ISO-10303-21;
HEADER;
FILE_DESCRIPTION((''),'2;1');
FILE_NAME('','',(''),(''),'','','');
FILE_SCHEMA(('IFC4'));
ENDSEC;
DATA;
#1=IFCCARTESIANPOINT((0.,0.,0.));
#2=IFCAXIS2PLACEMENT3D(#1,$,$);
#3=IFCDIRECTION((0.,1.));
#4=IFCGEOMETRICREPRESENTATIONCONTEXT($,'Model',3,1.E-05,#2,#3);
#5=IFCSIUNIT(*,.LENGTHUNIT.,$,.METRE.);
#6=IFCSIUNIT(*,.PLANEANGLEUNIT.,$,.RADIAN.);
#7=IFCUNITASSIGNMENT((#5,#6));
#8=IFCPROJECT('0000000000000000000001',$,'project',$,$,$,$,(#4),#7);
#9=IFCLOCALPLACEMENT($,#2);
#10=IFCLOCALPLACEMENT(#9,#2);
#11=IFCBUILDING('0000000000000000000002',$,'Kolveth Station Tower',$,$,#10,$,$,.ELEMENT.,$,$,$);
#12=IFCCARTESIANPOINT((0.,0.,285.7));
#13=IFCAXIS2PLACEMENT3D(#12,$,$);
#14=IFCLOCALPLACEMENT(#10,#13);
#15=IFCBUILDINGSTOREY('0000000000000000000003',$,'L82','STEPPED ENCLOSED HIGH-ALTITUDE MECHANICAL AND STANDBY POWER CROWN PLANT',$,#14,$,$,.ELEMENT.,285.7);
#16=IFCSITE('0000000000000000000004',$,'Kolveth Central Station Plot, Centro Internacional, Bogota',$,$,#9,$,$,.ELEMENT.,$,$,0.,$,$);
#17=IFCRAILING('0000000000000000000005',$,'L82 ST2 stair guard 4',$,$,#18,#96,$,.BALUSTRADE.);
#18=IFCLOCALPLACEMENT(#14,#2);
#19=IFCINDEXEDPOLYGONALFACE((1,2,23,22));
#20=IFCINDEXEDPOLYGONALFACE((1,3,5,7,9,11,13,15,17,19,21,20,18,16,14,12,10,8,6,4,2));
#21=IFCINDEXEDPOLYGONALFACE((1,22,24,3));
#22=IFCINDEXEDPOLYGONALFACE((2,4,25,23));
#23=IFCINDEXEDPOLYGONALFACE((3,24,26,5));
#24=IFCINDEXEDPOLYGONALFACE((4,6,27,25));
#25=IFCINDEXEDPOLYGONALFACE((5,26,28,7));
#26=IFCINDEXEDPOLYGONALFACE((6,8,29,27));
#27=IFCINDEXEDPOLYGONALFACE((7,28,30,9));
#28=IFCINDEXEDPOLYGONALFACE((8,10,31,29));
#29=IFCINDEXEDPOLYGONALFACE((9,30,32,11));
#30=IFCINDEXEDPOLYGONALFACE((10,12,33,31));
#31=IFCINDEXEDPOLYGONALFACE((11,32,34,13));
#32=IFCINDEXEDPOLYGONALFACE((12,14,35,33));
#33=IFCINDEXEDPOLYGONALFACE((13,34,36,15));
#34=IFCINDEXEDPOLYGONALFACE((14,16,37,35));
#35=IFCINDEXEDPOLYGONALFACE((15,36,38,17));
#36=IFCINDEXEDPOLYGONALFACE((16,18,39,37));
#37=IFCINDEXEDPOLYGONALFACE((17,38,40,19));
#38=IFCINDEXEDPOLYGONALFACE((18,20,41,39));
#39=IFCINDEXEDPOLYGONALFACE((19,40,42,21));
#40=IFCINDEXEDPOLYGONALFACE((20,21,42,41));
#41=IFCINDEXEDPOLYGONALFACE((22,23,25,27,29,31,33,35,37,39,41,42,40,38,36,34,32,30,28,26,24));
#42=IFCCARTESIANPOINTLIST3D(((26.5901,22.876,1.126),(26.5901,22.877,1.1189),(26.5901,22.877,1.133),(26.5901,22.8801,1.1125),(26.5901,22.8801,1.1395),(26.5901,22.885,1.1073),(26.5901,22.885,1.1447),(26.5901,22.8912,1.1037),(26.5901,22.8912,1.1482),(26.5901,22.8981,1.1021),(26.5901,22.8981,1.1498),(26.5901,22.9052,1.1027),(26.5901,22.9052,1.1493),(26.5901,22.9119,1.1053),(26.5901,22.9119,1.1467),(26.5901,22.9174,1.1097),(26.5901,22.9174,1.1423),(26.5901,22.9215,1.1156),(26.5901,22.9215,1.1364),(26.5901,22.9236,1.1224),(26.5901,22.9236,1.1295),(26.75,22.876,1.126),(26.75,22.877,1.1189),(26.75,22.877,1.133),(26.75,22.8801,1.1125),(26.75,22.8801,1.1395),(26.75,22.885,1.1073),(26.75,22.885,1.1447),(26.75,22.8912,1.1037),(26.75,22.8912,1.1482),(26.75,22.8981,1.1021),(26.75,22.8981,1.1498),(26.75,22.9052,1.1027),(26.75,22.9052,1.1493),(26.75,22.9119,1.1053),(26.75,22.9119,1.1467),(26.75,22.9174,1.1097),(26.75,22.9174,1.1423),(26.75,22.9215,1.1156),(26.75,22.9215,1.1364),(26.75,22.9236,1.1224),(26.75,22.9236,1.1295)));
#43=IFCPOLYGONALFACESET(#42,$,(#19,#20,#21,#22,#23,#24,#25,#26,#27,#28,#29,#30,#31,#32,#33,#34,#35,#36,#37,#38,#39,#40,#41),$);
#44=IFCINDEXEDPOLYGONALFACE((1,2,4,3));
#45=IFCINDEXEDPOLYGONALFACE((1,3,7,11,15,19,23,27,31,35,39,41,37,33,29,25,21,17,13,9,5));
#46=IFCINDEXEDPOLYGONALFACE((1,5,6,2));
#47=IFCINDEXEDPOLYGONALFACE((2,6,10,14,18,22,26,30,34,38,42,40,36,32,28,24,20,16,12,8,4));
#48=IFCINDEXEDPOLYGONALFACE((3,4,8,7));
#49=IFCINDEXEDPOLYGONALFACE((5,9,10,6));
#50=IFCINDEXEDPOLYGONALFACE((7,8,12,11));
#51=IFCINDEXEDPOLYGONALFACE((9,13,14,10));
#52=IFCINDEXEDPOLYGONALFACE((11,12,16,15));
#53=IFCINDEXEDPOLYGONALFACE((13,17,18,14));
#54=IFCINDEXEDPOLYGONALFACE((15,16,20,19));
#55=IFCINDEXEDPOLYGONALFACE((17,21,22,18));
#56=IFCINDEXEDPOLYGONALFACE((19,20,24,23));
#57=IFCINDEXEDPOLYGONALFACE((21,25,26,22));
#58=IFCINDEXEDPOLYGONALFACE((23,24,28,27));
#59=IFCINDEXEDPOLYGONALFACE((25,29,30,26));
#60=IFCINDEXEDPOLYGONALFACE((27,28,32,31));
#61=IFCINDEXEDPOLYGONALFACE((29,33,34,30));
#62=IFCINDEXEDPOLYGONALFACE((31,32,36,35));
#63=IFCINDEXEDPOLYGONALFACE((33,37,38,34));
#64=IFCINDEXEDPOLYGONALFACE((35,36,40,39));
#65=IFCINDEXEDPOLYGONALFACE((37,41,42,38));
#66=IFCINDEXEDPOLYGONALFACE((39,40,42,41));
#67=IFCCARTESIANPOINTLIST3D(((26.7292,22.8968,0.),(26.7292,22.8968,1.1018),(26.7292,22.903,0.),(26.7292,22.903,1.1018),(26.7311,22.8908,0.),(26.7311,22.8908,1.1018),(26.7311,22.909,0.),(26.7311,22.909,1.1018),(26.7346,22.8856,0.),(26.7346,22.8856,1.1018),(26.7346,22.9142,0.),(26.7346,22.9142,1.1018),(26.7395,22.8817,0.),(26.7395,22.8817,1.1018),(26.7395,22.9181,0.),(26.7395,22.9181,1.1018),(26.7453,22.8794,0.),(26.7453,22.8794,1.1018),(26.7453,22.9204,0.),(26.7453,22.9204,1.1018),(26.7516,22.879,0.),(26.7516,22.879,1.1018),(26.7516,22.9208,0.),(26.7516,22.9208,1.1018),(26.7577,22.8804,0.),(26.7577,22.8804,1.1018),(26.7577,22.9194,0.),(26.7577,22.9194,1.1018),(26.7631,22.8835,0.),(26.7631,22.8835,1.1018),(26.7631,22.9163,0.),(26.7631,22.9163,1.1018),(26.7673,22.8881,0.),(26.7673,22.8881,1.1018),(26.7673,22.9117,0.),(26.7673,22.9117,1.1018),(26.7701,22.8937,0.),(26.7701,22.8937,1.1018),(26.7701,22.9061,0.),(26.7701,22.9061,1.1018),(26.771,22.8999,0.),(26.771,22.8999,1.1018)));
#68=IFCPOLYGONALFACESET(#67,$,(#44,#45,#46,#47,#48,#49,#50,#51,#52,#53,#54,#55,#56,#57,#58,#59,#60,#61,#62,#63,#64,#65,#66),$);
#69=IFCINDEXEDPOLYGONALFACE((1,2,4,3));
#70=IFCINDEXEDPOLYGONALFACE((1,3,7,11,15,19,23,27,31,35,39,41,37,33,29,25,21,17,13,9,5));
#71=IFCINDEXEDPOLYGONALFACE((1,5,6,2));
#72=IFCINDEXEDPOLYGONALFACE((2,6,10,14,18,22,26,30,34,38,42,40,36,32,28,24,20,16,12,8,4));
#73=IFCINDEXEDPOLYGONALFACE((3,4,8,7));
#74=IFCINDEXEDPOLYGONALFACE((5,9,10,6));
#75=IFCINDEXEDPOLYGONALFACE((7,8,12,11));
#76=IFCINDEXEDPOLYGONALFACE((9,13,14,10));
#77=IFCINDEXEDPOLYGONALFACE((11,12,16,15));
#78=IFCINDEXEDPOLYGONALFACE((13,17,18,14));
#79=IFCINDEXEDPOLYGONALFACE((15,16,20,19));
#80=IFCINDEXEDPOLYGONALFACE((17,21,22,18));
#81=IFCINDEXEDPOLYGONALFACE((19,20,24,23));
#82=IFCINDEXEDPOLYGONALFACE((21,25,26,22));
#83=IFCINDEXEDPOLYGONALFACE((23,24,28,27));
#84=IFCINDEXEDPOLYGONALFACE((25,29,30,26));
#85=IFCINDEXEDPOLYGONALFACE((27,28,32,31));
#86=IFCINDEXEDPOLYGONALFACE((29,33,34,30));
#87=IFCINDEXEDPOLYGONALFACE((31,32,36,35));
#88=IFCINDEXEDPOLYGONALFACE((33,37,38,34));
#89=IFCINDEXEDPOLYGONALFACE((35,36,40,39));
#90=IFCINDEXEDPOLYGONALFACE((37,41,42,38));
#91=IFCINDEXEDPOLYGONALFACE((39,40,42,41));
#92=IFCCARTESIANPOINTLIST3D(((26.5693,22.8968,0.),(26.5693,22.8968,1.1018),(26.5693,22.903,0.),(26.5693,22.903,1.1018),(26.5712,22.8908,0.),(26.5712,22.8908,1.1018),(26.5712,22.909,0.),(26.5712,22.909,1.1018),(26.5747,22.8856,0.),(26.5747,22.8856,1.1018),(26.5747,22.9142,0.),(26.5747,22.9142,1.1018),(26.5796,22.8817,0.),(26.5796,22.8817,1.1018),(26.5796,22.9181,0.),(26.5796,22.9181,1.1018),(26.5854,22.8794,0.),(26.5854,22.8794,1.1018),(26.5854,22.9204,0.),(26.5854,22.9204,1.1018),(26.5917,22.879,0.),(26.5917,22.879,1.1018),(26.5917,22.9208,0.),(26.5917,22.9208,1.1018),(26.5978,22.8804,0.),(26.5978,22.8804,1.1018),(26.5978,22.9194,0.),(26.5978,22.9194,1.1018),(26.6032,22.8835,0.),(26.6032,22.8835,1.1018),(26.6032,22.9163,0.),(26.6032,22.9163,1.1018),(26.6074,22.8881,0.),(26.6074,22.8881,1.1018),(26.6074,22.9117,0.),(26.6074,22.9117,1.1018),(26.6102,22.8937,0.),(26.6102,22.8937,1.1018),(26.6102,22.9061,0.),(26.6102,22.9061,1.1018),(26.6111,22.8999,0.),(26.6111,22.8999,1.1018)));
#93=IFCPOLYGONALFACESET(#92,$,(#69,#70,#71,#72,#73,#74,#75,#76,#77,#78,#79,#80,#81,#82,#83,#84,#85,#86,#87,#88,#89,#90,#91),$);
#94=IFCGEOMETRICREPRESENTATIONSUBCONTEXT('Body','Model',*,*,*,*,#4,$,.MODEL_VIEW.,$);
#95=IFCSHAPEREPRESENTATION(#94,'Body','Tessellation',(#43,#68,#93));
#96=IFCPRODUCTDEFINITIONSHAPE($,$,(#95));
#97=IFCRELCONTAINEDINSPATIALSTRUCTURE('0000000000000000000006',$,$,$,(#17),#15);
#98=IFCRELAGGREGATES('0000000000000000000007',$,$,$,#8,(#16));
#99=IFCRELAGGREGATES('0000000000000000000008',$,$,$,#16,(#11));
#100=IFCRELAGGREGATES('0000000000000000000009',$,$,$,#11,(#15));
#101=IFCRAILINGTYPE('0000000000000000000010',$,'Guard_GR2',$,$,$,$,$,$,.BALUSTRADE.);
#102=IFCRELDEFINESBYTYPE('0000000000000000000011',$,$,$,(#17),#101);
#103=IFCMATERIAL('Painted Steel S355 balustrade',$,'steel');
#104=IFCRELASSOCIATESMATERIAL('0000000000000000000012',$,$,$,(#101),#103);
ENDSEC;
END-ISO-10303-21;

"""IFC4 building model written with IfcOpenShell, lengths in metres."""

from ifc_helpers import new_model, si_unit, direction, frame, origin, origin_2d, place, context, subcontext, project, spatial, circle, extrude, material, type_object, element, save


model = new_model("IFC4")

# Units and contexts
model_context = context("Model", 3, precision=1e-05, world=origin(), true_north=direction((0.0, 1.0)))
body_context = subcontext(model_context, "Body", "Model", "MODEL_VIEW")
ifc_project = project(units=[si_unit("LENGTHUNIT", "METRE"), si_unit("PLANEANGLEUNIT", "RADIAN")], contexts=[model_context])

# Site, building, storey
site_placement = place(None, origin())
site = spatial("IfcSite", under=ifc_project, at=site_placement, Name="Kolveth Central Station Plot, Centro Internacional, Bogota", CompositionType="ELEMENT", RefElevation=0.0)
building_placement = place(site_placement, origin())
building = spatial("IfcBuilding", under=site, at=building_placement, Name="Kolveth Station Tower", CompositionType="ELEMENT")
storey_placement = place(building_placement, frame((0.0, 0.0, 285.7)))
storey = spatial("IfcBuildingStorey", under=building, at=storey_placement, Name="L82", Description="STEPPED ENCLOSED HIGH-ALTITUDE MECHANICAL AND STANDBY POWER CROWN PLANT", CompositionType="ELEMENT", Elevation=285.7)

# Railing
ifc_material_1 = material(Name="Painted Steel S355 balustrade", Category="steel")
railing_type_1 = type_object("IfcRailingType", Name="Guard_GR2", PredefinedType="BALUSTRADE", material=ifc_material_1)
railing_1_placement = place(storey_placement, frame((26.75, 22.8999, 0.0)))
element("IfcRailing", 1, at=railing_1_placement, inside=storey, type_object=railing_type_1, Name="L82 ST2 stair guard 4", PredefinedType="BALUSTRADE", context=body_context, shape_type="SweptSolid", body=[
    extrude(circle(Radius=0.0239, at=origin_2d()), frame((0.0, 0.0, 1.126), z_axis=(-1.0, 0.0, 0.0), x_axis=(0.0, -1.0, 0.0)), (0.0, 0.0, 1.0), 0.1599),
    extrude(circle(Radius=0.021, at=origin_2d()), origin(), (0.0, 0.0, 1.0), 1.1018),
    extrude(circle(Radius=0.021, at=origin_2d()), frame((-0.1599, 0.0, 0.0)), (0.0, 0.0, 1.0), 1.1018),
])

save(model, "model.ifc")
